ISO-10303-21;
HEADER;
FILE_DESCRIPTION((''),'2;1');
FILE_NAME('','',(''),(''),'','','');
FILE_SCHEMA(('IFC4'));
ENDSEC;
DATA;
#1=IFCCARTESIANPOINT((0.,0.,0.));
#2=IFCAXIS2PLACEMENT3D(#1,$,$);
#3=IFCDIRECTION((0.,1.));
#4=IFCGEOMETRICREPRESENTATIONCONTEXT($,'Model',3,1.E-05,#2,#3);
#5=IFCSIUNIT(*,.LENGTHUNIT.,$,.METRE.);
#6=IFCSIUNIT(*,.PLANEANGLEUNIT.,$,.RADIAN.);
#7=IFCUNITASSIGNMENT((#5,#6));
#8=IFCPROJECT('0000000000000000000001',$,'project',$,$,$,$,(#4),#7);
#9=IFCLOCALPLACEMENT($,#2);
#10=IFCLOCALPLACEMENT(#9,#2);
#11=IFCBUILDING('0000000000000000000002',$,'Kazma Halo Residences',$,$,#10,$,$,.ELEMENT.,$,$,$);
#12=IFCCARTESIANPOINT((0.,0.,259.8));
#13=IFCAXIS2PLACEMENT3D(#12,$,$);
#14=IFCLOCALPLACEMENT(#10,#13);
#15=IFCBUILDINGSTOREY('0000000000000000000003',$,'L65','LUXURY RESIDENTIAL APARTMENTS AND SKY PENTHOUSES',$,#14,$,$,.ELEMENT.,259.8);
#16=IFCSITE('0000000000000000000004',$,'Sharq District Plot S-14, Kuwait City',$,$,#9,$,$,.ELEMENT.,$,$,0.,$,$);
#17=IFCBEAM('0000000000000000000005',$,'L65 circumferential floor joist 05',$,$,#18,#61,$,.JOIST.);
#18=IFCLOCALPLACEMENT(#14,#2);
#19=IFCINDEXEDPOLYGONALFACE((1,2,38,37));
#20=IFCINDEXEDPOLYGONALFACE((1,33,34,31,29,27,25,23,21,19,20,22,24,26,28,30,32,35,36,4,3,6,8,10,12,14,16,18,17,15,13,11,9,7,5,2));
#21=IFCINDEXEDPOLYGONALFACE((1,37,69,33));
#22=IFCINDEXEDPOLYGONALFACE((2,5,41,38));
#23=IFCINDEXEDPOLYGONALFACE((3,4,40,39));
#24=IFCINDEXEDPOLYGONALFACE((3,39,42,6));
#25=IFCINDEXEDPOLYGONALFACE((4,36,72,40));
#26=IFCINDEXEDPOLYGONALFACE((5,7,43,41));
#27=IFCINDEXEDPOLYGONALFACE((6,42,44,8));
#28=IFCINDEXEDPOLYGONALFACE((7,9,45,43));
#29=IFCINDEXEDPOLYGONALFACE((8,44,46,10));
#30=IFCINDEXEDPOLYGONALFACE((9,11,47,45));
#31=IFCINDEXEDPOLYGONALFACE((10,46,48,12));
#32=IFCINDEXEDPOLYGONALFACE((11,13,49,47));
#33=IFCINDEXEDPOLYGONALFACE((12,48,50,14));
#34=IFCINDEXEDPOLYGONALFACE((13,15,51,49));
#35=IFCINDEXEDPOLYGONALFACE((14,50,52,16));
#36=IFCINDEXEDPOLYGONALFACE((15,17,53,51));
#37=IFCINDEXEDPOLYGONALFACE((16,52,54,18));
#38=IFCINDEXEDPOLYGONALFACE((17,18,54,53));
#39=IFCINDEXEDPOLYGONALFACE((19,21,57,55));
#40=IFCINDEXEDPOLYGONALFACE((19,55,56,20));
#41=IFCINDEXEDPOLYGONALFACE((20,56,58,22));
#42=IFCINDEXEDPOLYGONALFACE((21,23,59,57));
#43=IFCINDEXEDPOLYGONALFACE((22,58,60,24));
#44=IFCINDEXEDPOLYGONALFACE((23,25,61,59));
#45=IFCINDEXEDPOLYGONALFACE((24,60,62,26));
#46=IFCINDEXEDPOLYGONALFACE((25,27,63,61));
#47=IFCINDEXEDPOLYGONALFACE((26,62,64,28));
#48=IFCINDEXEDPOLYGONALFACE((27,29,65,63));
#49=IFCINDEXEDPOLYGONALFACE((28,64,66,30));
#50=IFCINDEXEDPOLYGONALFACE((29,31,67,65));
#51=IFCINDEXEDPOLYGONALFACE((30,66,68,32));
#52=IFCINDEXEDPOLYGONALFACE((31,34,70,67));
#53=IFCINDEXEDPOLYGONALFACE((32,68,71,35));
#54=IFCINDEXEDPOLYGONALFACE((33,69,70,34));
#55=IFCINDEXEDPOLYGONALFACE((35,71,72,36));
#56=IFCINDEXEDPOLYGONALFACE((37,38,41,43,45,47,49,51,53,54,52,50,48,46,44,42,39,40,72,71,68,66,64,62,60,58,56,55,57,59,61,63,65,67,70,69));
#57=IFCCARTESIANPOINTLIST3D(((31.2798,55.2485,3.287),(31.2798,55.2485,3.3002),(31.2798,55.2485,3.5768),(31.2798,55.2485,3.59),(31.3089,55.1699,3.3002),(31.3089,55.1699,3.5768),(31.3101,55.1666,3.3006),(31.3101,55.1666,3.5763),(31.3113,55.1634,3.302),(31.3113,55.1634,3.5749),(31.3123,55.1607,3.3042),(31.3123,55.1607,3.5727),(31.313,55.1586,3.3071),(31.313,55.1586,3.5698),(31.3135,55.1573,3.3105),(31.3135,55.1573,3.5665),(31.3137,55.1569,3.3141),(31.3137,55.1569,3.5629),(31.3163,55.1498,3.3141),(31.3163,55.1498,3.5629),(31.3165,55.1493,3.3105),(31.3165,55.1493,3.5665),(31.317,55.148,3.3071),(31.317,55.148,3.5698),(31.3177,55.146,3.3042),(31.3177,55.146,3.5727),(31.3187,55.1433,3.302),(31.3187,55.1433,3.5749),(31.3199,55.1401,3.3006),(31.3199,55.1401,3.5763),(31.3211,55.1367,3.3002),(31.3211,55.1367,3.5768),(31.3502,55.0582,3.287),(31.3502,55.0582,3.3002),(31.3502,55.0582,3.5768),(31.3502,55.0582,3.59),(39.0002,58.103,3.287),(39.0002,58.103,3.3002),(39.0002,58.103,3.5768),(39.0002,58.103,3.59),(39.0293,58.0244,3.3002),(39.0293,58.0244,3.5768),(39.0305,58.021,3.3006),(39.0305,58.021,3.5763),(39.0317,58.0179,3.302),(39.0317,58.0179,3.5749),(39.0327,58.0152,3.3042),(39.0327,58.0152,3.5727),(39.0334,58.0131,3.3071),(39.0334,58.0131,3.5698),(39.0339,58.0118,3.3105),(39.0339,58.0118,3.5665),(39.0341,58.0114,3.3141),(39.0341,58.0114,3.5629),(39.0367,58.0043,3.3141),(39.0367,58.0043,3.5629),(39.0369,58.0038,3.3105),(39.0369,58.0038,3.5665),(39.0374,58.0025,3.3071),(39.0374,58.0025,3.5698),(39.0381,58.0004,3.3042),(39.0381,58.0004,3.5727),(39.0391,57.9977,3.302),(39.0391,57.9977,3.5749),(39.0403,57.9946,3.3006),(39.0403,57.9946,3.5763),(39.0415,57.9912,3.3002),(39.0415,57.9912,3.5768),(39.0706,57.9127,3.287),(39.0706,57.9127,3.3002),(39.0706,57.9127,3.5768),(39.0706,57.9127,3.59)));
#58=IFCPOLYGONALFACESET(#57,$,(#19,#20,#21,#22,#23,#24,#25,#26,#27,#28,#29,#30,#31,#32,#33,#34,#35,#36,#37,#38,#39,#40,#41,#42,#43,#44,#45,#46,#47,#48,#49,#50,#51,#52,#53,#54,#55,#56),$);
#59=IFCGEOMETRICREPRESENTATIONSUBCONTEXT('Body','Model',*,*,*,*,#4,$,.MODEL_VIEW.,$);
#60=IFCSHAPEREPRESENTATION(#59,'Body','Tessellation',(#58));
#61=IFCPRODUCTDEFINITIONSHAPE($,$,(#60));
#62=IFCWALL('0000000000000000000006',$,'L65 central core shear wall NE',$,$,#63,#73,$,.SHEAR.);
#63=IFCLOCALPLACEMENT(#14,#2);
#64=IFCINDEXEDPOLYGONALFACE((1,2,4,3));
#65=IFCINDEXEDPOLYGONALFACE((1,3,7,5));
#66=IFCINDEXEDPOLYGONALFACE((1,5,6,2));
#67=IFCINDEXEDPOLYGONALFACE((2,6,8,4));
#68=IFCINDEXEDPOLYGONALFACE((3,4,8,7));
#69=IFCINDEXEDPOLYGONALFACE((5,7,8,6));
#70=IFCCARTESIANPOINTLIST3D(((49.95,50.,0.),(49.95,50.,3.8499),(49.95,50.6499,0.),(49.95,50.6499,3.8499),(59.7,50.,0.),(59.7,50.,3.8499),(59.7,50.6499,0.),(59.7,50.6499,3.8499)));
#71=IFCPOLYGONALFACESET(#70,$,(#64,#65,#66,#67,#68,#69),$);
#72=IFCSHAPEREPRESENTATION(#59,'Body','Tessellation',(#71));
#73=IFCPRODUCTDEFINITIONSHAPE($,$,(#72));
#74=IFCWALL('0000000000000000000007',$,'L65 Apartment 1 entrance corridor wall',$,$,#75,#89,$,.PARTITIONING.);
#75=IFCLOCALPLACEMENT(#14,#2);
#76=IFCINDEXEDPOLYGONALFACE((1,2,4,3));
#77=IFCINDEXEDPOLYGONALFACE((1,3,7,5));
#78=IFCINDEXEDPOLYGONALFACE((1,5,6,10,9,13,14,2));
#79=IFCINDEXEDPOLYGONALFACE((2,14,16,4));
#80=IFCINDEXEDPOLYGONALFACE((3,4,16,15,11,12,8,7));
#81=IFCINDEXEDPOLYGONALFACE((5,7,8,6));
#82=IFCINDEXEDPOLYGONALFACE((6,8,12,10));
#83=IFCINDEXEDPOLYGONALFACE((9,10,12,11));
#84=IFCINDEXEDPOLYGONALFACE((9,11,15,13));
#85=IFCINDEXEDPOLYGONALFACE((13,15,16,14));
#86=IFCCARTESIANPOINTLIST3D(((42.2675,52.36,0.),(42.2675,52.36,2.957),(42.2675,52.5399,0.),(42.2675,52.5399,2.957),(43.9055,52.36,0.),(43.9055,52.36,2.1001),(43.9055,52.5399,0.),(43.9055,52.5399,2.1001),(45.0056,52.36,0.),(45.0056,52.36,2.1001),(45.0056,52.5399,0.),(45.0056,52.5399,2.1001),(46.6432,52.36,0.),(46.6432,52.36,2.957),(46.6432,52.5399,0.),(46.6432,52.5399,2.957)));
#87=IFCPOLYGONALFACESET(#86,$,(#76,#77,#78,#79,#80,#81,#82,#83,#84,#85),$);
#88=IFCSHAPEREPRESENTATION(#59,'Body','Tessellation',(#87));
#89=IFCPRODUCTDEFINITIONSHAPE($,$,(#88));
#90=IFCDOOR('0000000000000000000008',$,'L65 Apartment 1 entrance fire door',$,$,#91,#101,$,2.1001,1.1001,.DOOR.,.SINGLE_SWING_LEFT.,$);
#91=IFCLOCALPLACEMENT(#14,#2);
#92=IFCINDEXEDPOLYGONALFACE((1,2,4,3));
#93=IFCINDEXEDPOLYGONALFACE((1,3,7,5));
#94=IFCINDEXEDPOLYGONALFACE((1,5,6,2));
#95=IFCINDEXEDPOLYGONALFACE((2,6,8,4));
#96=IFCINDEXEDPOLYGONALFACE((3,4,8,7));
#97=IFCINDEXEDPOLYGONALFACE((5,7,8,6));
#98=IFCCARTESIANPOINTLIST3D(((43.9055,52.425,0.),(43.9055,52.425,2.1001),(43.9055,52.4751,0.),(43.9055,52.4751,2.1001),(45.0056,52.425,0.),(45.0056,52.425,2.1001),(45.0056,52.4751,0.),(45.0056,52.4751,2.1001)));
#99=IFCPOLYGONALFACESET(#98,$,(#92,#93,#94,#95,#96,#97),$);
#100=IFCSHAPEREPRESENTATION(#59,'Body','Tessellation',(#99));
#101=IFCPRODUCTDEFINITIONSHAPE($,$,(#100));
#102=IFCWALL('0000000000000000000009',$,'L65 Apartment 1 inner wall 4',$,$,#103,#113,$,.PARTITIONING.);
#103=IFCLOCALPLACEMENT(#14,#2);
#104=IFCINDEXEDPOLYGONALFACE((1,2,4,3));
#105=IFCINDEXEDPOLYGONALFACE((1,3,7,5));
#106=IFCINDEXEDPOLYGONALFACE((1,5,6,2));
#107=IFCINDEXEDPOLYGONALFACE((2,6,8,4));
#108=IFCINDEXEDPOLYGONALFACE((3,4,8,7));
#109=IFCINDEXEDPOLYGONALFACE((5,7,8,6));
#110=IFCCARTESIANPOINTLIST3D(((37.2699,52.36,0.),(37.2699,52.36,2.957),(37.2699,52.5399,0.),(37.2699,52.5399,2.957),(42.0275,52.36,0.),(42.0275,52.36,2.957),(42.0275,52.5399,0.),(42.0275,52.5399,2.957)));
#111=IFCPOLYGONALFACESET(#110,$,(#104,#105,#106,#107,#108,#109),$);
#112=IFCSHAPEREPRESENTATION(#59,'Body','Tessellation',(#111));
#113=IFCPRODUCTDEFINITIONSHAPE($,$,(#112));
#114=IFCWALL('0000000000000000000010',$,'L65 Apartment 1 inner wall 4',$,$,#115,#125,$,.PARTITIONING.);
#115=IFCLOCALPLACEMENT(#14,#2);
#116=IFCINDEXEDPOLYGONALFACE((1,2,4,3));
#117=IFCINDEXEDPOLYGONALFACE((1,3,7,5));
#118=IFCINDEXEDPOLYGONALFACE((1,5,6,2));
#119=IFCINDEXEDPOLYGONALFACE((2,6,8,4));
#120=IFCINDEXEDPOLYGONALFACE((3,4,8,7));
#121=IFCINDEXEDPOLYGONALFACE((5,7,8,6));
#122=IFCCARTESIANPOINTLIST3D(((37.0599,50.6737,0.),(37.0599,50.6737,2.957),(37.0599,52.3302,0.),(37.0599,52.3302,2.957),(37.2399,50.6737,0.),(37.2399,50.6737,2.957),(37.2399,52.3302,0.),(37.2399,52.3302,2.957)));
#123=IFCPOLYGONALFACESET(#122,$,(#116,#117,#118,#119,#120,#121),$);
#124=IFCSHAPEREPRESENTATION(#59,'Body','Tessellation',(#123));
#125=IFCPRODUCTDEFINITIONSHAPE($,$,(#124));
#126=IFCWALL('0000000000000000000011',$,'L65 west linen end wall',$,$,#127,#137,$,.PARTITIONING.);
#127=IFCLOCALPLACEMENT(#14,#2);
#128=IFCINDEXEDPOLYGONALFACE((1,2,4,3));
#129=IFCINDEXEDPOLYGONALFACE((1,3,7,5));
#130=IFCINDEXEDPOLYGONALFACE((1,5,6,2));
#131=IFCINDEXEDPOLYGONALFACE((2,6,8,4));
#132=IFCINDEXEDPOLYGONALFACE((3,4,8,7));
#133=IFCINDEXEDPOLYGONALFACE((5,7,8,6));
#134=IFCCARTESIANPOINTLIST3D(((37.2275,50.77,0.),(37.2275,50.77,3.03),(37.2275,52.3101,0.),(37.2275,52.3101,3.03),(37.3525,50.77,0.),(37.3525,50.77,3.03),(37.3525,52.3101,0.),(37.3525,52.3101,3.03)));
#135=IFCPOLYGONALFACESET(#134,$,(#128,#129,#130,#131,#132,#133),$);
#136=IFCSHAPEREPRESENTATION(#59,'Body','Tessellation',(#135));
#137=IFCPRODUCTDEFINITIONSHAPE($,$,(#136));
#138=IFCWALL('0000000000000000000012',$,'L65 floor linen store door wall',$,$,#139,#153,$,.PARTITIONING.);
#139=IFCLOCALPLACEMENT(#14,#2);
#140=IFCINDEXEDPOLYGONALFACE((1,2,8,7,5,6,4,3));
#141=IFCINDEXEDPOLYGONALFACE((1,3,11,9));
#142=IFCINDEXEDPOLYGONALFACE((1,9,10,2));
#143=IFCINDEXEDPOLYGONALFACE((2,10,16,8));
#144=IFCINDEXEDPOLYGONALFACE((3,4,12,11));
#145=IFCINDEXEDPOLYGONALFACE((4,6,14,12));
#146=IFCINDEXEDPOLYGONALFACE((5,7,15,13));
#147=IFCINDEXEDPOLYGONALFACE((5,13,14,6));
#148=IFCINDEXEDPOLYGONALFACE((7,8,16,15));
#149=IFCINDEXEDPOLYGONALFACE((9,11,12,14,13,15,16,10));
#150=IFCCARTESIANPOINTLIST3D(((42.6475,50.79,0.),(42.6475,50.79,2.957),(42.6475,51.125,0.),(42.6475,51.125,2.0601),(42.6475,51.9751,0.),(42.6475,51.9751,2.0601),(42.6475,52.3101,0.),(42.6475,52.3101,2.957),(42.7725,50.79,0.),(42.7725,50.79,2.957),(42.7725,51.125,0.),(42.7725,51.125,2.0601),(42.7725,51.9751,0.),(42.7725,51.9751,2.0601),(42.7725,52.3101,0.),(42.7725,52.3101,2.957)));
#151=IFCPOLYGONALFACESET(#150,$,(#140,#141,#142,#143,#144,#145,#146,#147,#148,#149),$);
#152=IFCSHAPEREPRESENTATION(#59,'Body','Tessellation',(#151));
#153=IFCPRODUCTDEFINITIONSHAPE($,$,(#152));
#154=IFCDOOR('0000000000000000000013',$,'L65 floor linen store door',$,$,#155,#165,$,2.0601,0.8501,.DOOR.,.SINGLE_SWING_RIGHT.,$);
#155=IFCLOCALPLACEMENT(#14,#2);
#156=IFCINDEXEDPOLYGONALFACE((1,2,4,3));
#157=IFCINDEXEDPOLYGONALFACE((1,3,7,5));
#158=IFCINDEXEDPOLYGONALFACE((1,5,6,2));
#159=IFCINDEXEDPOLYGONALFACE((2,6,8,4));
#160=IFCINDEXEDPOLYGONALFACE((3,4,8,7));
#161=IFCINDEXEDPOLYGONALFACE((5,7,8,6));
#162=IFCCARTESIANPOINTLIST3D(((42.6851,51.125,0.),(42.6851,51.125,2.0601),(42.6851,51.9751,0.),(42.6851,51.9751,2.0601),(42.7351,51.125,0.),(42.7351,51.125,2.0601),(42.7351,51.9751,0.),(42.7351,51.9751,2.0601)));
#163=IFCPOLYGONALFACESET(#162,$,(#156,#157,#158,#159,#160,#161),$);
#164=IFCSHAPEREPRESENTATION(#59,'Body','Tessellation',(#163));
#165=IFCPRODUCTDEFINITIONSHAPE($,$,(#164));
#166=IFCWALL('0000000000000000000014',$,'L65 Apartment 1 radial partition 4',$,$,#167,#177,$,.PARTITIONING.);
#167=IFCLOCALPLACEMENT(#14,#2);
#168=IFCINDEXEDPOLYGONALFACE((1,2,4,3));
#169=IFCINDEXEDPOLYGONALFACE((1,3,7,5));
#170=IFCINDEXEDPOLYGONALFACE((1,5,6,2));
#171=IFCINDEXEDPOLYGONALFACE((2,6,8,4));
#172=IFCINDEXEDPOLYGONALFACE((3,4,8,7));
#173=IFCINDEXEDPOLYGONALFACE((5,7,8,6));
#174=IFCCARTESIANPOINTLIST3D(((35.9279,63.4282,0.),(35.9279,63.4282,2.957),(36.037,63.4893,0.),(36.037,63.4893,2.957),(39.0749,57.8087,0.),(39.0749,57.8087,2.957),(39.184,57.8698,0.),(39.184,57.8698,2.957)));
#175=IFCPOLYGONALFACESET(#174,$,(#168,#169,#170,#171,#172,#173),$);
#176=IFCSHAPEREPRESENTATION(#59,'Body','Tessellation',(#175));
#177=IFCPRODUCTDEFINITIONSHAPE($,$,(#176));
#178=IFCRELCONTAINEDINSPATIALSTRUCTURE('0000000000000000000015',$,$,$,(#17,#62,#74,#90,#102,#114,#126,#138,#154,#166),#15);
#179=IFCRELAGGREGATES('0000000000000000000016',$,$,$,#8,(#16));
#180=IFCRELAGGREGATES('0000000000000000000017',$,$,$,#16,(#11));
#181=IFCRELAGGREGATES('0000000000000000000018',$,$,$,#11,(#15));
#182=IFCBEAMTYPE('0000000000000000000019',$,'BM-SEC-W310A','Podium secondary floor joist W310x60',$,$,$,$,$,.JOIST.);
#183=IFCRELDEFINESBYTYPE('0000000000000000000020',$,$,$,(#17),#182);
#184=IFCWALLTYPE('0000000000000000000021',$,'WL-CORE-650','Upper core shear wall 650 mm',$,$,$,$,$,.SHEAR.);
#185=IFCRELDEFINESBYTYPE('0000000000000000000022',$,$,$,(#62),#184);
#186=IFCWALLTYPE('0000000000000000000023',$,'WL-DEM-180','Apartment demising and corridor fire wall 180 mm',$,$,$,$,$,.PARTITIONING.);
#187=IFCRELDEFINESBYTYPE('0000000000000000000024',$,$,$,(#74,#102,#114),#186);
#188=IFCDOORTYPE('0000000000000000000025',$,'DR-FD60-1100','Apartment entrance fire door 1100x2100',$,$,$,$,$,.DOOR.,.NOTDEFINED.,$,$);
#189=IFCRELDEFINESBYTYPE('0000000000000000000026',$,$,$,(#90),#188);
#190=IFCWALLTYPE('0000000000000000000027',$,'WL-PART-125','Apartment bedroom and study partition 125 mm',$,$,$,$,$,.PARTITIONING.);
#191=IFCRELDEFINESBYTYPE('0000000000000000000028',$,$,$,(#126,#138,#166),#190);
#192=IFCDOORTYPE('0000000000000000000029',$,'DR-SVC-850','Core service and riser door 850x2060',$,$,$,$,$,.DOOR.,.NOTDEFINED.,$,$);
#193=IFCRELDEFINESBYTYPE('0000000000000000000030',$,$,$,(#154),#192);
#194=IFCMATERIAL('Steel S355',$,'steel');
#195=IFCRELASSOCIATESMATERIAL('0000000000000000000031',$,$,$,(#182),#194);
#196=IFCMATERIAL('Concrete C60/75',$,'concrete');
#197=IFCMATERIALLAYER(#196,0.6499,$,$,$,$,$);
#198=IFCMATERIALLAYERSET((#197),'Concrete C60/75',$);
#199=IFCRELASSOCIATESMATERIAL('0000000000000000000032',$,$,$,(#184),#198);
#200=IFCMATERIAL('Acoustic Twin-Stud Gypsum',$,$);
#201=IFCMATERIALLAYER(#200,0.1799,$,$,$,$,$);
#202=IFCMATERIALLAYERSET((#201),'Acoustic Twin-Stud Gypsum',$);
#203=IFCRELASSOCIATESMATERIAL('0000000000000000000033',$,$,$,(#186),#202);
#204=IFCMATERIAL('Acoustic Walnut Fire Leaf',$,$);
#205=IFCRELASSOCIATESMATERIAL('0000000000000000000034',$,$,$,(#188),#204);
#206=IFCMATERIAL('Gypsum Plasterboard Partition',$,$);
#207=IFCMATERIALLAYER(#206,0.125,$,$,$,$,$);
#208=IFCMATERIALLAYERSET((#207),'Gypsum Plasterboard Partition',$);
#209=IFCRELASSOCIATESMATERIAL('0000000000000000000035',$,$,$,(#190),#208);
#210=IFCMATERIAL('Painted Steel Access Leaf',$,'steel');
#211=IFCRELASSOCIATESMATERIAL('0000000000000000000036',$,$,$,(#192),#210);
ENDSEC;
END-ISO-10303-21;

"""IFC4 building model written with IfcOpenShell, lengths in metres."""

from ifc_helpers import new_model, si_unit, direction, frame, frame_2d, origin, origin_2d, place, context, subcontext, project, spatial, rectangle, i_section, extrude, material, layer, layer_set, material_profile, profile_set, type_object, element, fill, save


model = new_model("IFC4")

# Units and contexts
model_context = context("Model", 3, precision=1e-05, world=origin(), true_north=direction((0.0, 1.0)))
body_context = subcontext(model_context, "Body", "Model", "MODEL_VIEW")
ifc_project = project(units=[si_unit("LENGTHUNIT", "METRE"), si_unit("PLANEANGLEUNIT", "RADIAN")], contexts=[model_context])

# Site, building, storey
site_placement = place(None, origin())
site = spatial("IfcSite", under=ifc_project, at=site_placement, Name="Sharq District Plot S-14, Kuwait City", CompositionType="ELEMENT", RefElevation=0.0)
building_placement = place(site_placement, origin())
building = spatial("IfcBuilding", under=site, at=building_placement, Name="Kazma Halo Residences", CompositionType="ELEMENT")
storey_placement = place(building_placement, frame((0.0, 0.0, 259.8)))
storey = spatial("IfcBuildingStorey", under=building, at=storey_placement, Name="L65", Description="LUXURY RESIDENTIAL APARTMENTS AND SKY PENTHOUSES", CompositionType="ELEMENT", Elevation=259.8)

# Beam
ifc_material_1 = material(Name="Steel S355", Category="steel")
ifc_material_profile_1 = material_profile(ifc_material_1, i_section(OverallWidth=0.2029, OverallDepth=0.303, WebThickness=0.0076, FlangeThickness=0.0132, FilletRadius=0.0139, at=origin_2d()), Name="W310x60")
ifc_profile_set_1 = profile_set([ifc_material_profile_1], Name="Steel S355")
beam_type_1 = type_object("IfcBeamType", Name="BM-SEC-W310A", Description="Podium secondary floor joist W310x60", PredefinedType="JOIST", material=ifc_profile_set_1)
beam_1_placement = place(storey_placement, frame((39.0354, 58.0078, 3.4385), z_axis=(-0.937944, -0.346787, 0.0), x_axis=(0.346787, -0.937944, 0.0)))
element("IfcBeam", 1, at=beam_1_placement, inside=storey, type_object=beam_type_1, Name="L65 circumferential floor joist 05", PredefinedType="JOIST", context=body_context, shape_type="SweptSolid", body=[
    extrude(i_section(OverallWidth=0.2029, OverallDepth=0.303, WebThickness=0.0076, FlangeThickness=0.0132, FilletRadius=0.0139, at=origin_2d()), origin(), (0.0, 0.0, 1.0), 8.2312),
])

# Wall
ifc_material_2 = material(Name="Concrete C60/75", Category="concrete")
ifc_layer_1 = layer(ifc_material_2, 0.6499)
ifc_layer_set_1 = layer_set([ifc_layer_1], Name="Concrete C60/75")
wall_type_1 = type_object("IfcWallType", Name="WL-CORE-650", Description="Upper core shear wall 650 mm", PredefinedType="SHEAR", material=ifc_layer_set_1)
wall_1_placement = place(storey_placement, frame((49.95, 50.325, 0.0), z_axis=(0.0, 0.0, 1.0), x_axis=(1.0, 0.0, 0.0)))
element("IfcWall", 2, at=wall_1_placement, inside=storey, type_object=wall_type_1, Name="L65 central core shear wall NE", PredefinedType="SHEAR", context=body_context, shape_type="SweptSolid", body=[
    extrude(rectangle(XDim=9.75, YDim=0.6499, at=frame_2d((4.875, 0.0))), origin(), (0.0, 0.0, 1.0), 3.8499),
])

# Wall, opening, door
ifc_material_3 = material(Name="Acoustic Twin-Stud Gypsum")
ifc_layer_2 = layer(ifc_material_3, 0.1799)
ifc_layer_set_2 = layer_set([ifc_layer_2], Name="Acoustic Twin-Stud Gypsum")
wall_type_2 = type_object("IfcWallType", Name="WL-DEM-180", Description="Apartment demising and corridor fire wall 180 mm", PredefinedType="PARTITIONING", material=ifc_layer_set_2)
wall_2_placement = place(storey_placement, frame((46.6433, 52.45, 0.0), z_axis=(0.0, 0.0, 1.0), x_axis=(-1.0, 0.0, 0.0)))
wall_2 = element("IfcWall", 3, at=wall_2_placement, inside=storey, type_object=wall_type_2, Name="L65 Apartment 1 entrance corridor wall", PredefinedType="PARTITIONING", context=body_context, shape_type="SweptSolid", body=[
    extrude(rectangle(XDim=4.3757, YDim=0.1799, at=frame_2d((2.188, 0.0))), origin(), (0.0, 0.0, 1.0), 2.957),
])
opening_1_placement = place(wall_2_placement, frame((1.6377, 0.0, 0.0)))
opening_1 = element("IfcOpeningElement", 4, at=opening_1_placement, cuts=wall_2, PredefinedType="OPENING", context=body_context, shape_type="SweptSolid", body=[
    extrude(rectangle(XDim=1.1001, YDim=2.1001, at=frame_2d((0.55, 1.05))), frame((0.0, 0.0999, 0.0), z_axis=(0.0, -1.0, 0.0), x_axis=(1.0, 0.0, 0.0)), (0.0, 0.0, 1.0), 0.2),
])
ifc_material_4 = material(Name="Acoustic Walnut Fire Leaf")
door_type_1 = type_object("IfcDoorType", Name="DR-FD60-1100", Description="Apartment entrance fire door 1100x2100", OperationType="NOTDEFINED", PredefinedType="DOOR", material=ifc_material_4)
door_1_placement = place(opening_1_placement, origin())
door_1 = element("IfcDoor", 5, at=door_1_placement, inside=storey, type_object=door_type_1, Name="L65 Apartment 1 entrance fire door", OperationType="SINGLE_SWING_LEFT", OverallHeight=2.1001, OverallWidth=1.1001, PredefinedType="DOOR", context=body_context, shape_type="SweptSolid", body=[
    extrude(rectangle(XDim=1.1001, YDim=2.1001, at=frame_2d((0.55, 1.05))), frame((0.0, 0.0249, 0.0), z_axis=(0.0, -1.0, 0.0), x_axis=(1.0, 0.0, 0.0)), (0.0, 0.0, 1.0), 0.05),
])
fill(opening_1, door_1)

# Walls
wall_3_placement = place(storey_placement, frame((42.0276, 52.45, 0.0), z_axis=(0.0, 0.0, 1.0), x_axis=(-1.0, 0.0, 0.0)))
element("IfcWall", 6, at=wall_3_placement, inside=storey, type_object=wall_type_2, Name="L65 Apartment 1 inner wall 4", PredefinedType="PARTITIONING", context=body_context, shape_type="SweptSolid", body=[
    extrude(rectangle(XDim=4.7576, YDim=0.1799, at=frame_2d((2.3789, 0.0))), origin(), (0.0, 0.0, 1.0), 2.957),
])
wall_4_placement = place(storey_placement, frame((37.1499, 52.3301, 0.0), z_axis=(0.0, 0.0, 1.0), x_axis=(0.0, -1.0, 0.0)))
element("IfcWall", 7, at=wall_4_placement, inside=storey, type_object=wall_type_2, Name="L65 Apartment 1 inner wall 4", PredefinedType="PARTITIONING", context=body_context, shape_type="SweptSolid", body=[
    extrude(rectangle(XDim=1.6565, YDim=0.1799, at=frame_2d((0.8281, 0.0))), origin(), (0.0, 0.0, 1.0), 2.957),
])
ifc_material_5 = material(Name="Gypsum Plasterboard Partition")
ifc_layer_3 = layer(ifc_material_5, 0.125)
ifc_layer_set_3 = layer_set([ifc_layer_3], Name="Gypsum Plasterboard Partition")
wall_type_3 = type_object("IfcWallType", Name="WL-PART-125", Description="Apartment bedroom and study partition 125 mm", PredefinedType="PARTITIONING", material=ifc_layer_set_3)
wall_5_placement = place(storey_placement, frame((37.29, 50.77, 0.0), z_axis=(0.0, 0.0, 1.0), x_axis=(0.0, 1.0, 0.0)))
element("IfcWall", 8, at=wall_5_placement, inside=storey, type_object=wall_type_3, Name="L65 west linen end wall", PredefinedType="PARTITIONING", context=body_context, shape_type="SweptSolid", body=[
    extrude(rectangle(XDim=1.54, YDim=0.125, at=frame_2d((0.77, 0.0))), origin(), (0.0, 0.0, 1.0), 3.03),
])

# Wall, opening, door
wall_6_placement = place(storey_placement, frame((42.71, 50.79, 0.0), z_axis=(0.0, 0.0, 1.0), x_axis=(0.0, 1.0, 0.0)))
wall_6 = element("IfcWall", 9, at=wall_6_placement, inside=storey, type_object=wall_type_3, Name="L65 floor linen store door wall", PredefinedType="PARTITIONING", context=body_context, shape_type="SweptSolid", body=[
    extrude(rectangle(XDim=1.52, YDim=0.125, at=frame_2d((0.76, 0.0))), origin(), (0.0, 0.0, 1.0), 2.957),
])
opening_2_placement = place(wall_6_placement, frame((0.335, 0.0, 0.0)))
opening_2 = element("IfcOpeningElement", 10, at=opening_2_placement, cuts=wall_6, PredefinedType="OPENING", context=body_context, shape_type="SweptSolid", body=[
    extrude(rectangle(XDim=0.8501, YDim=2.0601, at=frame_2d((0.425, 1.03))), frame((0.0, 0.0725, 0.0), z_axis=(0.0, -1.0, 0.0), x_axis=(1.0, 0.0, 0.0)), (0.0, 0.0, 1.0), 0.145),
])
ifc_material_6 = material(Name="Painted Steel Access Leaf", Category="steel")
door_type_2 = type_object("IfcDoorType", Name="DR-SVC-850", Description="Core service and riser door 850x2060", OperationType="NOTDEFINED", PredefinedType="DOOR", material=ifc_material_6)
door_2_placement = place(opening_2_placement, origin())
door_2 = element("IfcDoor", 11, at=door_2_placement, inside=storey, type_object=door_type_2, Name="L65 floor linen store door", OperationType="SINGLE_SWING_RIGHT", OverallHeight=2.0601, OverallWidth=0.8501, PredefinedType="DOOR", context=body_context, shape_type="SweptSolid", body=[
    extrude(rectangle(XDim=0.8501, YDim=2.0601, at=frame_2d((0.425, 1.03))), frame((0.0, 0.0249, 0.0), z_axis=(0.0, -1.0, 0.0), x_axis=(1.0, 0.0, 0.0)), (0.0, 0.0, 1.0), 0.05),
])
fill(opening_2, door_2)

# Wall
wall_7_placement = place(storey_placement, frame((39.1294, 57.8394, 0.0), z_axis=(0.0, 0.0, 1.0), x_axis=(-0.488617, 0.872498, 0.0)))
element("IfcWall", 12, at=wall_7_placement, inside=storey, type_object=wall_type_3, Name="L65 Apartment 1 radial partition 4", PredefinedType="PARTITIONING", context=body_context, shape_type="SweptSolid", body=[
    extrude(rectangle(XDim=6.4407, YDim=0.125, at=frame_2d((3.2202, 0.0))), origin(), (0.0, 0.0, 1.0), 2.957),
])

save(model, "model.ifc")
